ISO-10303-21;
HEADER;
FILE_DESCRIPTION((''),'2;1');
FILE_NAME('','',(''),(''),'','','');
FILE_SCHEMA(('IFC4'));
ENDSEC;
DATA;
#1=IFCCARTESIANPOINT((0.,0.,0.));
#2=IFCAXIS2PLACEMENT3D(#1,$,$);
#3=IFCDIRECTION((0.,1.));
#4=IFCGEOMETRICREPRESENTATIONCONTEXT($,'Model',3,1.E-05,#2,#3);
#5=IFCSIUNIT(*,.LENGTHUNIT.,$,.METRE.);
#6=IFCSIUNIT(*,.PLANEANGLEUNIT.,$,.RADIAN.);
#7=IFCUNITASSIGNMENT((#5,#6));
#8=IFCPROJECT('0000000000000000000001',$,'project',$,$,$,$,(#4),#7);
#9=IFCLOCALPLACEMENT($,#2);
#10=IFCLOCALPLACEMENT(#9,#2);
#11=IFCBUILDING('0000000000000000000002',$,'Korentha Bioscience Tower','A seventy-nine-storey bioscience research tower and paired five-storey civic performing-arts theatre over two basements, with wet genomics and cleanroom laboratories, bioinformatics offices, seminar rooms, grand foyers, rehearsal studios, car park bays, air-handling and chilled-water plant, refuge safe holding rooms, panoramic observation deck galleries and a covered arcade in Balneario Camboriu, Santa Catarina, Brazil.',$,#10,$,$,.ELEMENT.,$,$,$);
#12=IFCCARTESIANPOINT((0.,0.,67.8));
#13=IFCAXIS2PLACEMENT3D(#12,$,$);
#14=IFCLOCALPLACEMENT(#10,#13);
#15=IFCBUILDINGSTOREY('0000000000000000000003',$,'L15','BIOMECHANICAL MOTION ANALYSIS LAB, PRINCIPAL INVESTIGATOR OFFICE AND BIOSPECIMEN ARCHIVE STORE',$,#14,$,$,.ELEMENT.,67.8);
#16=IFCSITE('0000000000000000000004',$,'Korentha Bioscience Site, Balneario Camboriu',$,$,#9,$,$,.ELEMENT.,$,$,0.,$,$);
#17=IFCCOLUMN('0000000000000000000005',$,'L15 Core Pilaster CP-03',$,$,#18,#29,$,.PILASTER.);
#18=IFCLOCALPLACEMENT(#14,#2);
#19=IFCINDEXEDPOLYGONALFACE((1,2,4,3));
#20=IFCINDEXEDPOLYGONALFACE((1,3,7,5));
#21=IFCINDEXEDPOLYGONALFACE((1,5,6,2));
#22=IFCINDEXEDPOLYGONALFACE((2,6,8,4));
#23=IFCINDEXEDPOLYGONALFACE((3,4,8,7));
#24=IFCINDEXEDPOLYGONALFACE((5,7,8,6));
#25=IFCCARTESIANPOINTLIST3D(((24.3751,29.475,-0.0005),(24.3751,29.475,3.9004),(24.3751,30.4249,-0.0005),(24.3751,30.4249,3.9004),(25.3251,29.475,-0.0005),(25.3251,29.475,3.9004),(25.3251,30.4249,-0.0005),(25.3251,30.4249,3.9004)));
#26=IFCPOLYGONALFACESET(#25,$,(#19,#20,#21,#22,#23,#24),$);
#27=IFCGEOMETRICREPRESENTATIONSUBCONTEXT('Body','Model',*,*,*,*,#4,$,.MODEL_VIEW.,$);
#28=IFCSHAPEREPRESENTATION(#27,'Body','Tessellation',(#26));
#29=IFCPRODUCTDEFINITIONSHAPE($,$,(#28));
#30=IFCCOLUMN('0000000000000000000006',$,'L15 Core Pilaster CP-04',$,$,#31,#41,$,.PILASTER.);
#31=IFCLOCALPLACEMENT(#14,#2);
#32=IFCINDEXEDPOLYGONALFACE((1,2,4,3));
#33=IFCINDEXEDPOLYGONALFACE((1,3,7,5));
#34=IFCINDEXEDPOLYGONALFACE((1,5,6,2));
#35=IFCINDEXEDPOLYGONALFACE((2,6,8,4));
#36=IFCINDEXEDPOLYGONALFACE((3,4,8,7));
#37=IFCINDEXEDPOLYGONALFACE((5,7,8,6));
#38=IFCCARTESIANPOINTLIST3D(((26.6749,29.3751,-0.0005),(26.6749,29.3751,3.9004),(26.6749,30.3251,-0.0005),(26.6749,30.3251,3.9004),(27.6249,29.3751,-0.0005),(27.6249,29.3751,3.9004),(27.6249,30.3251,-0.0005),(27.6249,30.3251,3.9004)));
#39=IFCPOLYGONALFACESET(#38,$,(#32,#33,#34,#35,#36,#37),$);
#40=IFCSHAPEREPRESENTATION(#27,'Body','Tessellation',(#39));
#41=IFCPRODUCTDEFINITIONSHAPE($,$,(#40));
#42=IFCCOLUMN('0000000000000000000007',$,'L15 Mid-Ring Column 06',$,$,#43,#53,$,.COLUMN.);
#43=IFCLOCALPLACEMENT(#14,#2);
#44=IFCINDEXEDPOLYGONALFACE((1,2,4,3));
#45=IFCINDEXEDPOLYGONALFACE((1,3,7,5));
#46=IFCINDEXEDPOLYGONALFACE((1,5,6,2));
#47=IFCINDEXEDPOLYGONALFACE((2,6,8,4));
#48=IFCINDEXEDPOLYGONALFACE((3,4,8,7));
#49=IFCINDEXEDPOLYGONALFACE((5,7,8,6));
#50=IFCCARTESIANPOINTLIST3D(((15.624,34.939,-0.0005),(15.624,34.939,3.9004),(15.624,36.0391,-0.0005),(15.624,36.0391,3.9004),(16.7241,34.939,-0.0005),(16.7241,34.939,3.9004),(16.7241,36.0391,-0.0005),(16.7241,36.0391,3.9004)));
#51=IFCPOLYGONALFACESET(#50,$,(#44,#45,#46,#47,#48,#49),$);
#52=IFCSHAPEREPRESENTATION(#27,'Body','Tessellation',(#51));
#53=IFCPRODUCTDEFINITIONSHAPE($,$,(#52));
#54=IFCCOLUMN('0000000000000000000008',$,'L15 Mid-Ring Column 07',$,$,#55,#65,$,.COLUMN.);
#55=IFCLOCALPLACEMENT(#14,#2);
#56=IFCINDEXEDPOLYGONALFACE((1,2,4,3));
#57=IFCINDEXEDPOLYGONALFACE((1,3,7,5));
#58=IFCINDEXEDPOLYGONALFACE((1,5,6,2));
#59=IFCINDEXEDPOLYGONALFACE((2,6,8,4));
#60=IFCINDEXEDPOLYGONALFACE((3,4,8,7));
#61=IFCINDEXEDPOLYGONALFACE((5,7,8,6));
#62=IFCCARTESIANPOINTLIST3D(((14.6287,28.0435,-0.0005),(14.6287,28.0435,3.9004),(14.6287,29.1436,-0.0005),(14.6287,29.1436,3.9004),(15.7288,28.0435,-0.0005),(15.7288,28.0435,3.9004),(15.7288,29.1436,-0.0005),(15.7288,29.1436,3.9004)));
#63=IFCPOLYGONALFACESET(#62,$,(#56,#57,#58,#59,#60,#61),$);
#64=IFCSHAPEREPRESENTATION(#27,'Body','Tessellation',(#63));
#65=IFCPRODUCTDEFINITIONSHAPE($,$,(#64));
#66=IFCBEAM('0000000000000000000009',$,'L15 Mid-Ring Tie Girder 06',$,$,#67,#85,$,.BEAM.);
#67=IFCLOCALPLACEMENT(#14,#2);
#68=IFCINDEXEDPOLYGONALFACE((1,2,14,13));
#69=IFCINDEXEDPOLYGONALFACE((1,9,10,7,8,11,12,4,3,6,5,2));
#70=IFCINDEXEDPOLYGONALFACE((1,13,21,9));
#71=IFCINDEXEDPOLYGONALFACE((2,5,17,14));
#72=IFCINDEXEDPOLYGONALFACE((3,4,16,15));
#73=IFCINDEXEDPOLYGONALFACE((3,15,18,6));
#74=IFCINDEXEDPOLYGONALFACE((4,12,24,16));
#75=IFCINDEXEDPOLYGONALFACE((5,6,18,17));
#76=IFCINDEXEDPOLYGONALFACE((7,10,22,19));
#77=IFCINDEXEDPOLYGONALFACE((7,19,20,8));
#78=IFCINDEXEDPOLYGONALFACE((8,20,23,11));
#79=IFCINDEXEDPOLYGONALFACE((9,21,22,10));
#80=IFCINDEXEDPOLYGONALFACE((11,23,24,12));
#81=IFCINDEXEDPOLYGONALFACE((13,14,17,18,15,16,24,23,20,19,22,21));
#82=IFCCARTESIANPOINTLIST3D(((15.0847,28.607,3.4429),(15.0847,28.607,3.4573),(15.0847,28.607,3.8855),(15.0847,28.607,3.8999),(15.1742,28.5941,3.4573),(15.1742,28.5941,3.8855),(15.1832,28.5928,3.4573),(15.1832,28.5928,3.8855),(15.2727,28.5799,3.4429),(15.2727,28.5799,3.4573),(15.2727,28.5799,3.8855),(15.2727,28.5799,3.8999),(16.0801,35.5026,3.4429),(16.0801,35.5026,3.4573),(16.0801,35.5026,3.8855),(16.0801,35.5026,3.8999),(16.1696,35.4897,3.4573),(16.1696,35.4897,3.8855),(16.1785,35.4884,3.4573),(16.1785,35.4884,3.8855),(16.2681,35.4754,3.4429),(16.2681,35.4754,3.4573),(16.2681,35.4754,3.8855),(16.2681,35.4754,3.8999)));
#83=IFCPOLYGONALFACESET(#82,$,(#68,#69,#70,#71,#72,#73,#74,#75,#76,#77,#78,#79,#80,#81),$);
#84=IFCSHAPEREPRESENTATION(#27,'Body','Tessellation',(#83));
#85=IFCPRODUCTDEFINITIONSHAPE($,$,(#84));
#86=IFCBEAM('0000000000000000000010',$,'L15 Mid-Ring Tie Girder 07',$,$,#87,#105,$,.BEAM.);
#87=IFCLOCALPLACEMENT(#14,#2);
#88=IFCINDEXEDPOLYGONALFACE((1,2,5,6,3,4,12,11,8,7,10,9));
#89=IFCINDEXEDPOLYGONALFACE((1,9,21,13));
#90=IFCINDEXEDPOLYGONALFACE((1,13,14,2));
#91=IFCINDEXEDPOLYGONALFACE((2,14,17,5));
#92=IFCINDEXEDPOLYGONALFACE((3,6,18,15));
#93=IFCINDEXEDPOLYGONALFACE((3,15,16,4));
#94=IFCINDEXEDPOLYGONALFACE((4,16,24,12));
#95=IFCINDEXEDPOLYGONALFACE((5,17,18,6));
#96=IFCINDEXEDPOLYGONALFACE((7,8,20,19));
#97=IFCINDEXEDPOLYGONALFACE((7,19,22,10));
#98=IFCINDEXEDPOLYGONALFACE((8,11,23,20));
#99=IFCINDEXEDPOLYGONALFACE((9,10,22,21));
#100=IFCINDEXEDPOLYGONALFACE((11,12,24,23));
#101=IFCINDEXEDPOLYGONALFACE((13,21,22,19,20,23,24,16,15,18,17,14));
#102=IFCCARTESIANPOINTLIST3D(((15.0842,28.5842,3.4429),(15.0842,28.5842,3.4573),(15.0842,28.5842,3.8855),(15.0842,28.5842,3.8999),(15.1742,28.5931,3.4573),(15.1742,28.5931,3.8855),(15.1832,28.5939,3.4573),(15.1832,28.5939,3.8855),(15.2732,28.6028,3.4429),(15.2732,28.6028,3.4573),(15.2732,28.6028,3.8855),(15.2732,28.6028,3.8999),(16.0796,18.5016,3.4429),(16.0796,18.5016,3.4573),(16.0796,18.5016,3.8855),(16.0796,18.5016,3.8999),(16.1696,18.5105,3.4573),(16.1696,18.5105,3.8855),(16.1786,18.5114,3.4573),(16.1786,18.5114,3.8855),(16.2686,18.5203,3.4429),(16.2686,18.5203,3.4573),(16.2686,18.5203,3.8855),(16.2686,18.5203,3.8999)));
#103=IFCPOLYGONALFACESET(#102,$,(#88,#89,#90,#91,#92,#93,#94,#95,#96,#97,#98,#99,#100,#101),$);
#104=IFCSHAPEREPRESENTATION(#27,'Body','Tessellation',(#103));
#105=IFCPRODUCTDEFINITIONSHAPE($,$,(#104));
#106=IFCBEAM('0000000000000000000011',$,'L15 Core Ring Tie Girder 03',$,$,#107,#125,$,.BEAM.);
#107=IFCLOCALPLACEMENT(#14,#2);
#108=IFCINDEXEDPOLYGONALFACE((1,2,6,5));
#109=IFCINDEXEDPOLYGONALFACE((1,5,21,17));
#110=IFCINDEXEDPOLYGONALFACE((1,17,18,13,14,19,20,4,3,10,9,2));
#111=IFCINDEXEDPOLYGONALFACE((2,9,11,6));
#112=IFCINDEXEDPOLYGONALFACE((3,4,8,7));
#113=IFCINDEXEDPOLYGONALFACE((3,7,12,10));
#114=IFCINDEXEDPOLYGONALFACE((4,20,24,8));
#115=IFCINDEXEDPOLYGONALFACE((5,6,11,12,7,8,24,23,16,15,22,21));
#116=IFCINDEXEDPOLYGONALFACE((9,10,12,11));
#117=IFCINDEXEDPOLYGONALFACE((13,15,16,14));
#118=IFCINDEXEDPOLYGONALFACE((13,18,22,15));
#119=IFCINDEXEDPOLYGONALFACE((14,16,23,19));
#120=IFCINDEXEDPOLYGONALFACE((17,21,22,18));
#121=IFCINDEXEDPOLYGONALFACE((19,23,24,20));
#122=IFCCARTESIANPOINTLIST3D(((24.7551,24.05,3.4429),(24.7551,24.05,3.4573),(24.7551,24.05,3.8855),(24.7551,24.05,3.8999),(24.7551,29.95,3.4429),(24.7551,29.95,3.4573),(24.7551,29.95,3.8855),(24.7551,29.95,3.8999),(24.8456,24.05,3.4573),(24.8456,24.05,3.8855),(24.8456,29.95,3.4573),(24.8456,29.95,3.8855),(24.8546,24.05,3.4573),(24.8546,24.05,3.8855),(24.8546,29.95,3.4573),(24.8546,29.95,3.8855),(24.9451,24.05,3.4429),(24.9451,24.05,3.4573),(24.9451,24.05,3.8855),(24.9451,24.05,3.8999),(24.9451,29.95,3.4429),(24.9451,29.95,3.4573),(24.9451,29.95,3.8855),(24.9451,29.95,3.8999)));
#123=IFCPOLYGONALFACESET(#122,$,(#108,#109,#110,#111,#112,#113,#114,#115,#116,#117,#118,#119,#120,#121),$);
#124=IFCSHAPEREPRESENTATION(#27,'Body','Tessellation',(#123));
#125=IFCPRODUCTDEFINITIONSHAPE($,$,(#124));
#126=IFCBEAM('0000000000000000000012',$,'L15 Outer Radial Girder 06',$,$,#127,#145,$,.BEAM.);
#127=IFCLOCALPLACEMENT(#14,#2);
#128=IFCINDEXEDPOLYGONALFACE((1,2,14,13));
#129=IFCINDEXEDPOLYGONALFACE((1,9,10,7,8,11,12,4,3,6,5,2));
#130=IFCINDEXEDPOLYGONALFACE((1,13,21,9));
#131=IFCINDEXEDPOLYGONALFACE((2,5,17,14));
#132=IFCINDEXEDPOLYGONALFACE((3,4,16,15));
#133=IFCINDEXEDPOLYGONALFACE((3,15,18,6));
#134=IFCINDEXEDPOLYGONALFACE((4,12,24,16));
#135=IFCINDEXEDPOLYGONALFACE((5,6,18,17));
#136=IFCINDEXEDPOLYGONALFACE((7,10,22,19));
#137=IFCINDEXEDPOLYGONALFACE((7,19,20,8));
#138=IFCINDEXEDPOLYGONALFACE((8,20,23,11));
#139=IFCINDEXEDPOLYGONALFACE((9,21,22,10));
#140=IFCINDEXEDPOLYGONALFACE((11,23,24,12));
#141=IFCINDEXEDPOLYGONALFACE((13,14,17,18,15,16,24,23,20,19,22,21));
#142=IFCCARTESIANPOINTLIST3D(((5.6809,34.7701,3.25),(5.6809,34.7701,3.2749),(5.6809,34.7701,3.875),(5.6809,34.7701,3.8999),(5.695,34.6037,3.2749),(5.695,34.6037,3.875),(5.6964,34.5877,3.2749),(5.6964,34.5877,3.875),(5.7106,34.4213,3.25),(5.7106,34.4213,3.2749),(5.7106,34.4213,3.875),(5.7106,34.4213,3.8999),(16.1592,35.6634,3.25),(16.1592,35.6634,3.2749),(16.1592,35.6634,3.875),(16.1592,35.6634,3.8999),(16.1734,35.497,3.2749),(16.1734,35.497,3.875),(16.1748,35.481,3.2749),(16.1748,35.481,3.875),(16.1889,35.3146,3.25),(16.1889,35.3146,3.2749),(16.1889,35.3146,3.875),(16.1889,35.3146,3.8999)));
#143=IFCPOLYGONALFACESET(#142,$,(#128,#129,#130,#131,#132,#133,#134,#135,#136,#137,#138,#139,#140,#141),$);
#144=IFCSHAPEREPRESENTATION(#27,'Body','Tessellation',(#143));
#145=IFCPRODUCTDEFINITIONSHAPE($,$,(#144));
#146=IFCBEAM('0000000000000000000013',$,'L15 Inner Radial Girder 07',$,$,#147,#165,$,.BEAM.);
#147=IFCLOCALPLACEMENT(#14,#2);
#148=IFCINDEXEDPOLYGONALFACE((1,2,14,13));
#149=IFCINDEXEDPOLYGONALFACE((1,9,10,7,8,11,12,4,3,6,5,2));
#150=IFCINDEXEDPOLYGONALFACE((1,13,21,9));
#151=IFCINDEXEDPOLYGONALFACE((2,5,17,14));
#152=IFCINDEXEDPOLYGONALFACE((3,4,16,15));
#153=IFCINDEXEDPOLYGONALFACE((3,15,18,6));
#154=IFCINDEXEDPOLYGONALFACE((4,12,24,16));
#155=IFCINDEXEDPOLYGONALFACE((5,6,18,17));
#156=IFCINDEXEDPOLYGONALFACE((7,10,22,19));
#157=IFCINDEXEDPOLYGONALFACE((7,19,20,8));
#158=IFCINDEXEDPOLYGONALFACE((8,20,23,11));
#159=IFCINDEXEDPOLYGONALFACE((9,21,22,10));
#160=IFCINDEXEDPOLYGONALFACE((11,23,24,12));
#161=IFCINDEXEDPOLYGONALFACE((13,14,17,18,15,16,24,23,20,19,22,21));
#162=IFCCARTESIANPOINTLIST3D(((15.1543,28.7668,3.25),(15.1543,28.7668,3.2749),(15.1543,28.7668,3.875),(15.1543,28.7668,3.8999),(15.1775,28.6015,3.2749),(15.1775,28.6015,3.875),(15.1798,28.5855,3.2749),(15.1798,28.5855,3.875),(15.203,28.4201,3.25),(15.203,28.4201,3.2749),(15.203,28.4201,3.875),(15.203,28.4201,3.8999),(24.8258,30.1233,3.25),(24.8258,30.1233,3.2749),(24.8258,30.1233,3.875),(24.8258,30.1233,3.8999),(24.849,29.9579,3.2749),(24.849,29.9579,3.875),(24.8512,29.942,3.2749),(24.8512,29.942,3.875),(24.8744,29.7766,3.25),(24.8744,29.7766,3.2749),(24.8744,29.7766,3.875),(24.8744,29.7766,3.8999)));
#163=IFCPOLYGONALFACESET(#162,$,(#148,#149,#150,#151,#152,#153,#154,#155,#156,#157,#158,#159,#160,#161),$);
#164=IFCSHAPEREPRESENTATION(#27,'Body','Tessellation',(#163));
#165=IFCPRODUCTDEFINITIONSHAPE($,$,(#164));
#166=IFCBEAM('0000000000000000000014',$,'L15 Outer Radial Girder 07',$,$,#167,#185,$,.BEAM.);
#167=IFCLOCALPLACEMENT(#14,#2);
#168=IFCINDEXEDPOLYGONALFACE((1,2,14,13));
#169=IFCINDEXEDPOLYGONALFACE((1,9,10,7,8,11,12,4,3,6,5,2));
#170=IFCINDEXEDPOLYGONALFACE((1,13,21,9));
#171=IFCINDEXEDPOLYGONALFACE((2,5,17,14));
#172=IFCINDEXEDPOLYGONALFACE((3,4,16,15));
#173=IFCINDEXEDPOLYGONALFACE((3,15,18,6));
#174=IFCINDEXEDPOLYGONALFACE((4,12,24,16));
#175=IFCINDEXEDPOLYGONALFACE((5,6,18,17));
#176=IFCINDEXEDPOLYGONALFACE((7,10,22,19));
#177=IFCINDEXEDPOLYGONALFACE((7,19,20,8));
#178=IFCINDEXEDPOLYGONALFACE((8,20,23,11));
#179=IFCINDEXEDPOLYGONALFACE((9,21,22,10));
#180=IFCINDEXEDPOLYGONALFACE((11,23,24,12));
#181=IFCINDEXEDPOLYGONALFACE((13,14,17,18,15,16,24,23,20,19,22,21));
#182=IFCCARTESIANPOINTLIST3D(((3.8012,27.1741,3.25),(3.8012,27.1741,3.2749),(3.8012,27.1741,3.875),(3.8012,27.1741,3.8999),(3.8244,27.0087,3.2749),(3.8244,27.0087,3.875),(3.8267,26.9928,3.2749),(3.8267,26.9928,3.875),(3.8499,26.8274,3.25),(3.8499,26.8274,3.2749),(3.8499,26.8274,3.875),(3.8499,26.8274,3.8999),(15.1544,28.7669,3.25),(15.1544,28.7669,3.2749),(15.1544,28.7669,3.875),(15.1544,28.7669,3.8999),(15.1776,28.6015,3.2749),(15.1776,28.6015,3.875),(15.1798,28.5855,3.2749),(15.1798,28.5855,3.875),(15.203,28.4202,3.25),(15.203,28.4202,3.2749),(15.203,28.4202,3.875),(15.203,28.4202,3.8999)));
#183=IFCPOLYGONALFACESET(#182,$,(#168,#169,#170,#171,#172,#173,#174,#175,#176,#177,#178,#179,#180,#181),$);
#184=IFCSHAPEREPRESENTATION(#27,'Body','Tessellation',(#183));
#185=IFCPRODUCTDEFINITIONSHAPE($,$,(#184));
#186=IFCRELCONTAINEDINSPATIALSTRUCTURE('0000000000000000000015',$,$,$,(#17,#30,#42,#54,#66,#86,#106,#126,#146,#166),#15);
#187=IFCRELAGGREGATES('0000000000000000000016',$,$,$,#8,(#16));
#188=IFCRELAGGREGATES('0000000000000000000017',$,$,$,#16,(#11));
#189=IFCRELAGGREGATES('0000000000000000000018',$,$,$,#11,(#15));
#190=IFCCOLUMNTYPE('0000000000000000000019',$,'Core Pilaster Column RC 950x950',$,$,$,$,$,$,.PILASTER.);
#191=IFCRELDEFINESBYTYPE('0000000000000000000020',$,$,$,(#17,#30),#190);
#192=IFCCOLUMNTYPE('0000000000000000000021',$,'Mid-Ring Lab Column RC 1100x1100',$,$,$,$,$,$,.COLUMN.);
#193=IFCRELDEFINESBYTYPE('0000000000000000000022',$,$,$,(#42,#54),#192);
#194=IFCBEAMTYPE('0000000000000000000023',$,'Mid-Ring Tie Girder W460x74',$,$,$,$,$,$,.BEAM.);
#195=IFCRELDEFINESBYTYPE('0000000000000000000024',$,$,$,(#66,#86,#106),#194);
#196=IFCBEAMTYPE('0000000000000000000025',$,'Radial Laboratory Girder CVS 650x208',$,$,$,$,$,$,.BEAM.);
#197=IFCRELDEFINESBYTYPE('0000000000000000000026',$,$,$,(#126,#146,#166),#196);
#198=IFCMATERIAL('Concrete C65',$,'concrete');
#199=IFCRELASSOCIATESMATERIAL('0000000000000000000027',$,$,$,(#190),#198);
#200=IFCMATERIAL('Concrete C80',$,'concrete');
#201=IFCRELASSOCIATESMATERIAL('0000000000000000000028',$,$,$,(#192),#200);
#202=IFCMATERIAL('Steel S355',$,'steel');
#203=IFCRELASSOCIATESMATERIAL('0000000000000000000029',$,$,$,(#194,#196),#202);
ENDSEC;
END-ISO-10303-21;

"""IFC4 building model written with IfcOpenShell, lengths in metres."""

from ifc_helpers import new_model, si_unit, direction, frame, origin, origin_2d, place, context, subcontext, project, spatial, rectangle, i_section, extrude, material, material_profile, profile_set, type_object, element, save


model = new_model("IFC4")

# Units and contexts
model_context = context("Model", 3, precision=1e-05, world=origin(), true_north=direction((0.0, 1.0)))
body_context = subcontext(model_context, "Body", "Model", "MODEL_VIEW")
ifc_project = project(units=[si_unit("LENGTHUNIT", "METRE"), si_unit("PLANEANGLEUNIT", "RADIAN")], contexts=[model_context])

# Site, building, storey
site_placement = place(None, origin())
site = spatial("IfcSite", under=ifc_project, at=site_placement, Name="Korentha Bioscience Site, Balneario Camboriu", CompositionType="ELEMENT", RefElevation=0.0)
building_placement = place(site_placement, origin())
building = spatial("IfcBuilding", under=site, at=building_placement, Name="Korentha Bioscience Tower", Description="A seventy-nine-storey bioscience research tower and paired five-storey civic performing-arts theatre over two basements, with wet genomics and cleanroom laboratories, bioinformatics offices, seminar rooms, grand foyers, rehearsal studios, car park bays, air-handling and chilled-water plant, refuge safe holding rooms, panoramic observation deck galleries and a covered arcade in Balneario Camboriu, Santa Catarina, Brazil.", CompositionType="ELEMENT")
storey_placement = place(building_placement, frame((0.0, 0.0, 67.8)))
storey = spatial("IfcBuildingStorey", under=building, at=storey_placement, Name="L15", Description="BIOMECHANICAL MOTION ANALYSIS LAB, PRINCIPAL INVESTIGATOR OFFICE AND BIOSPECIMEN ARCHIVE STORE", CompositionType="ELEMENT", Elevation=67.8)

# Columns
ifc_material_1 = material(Name="Concrete C65", Category="concrete")
ifc_material_profile_1 = material_profile(ifc_material_1, rectangle(XDim=0.95, YDim=0.95, at=origin_2d()), Name="Concrete C65")
ifc_profile_set_1 = profile_set([ifc_material_profile_1], Name="Concrete C65 (COL-CP09)")
column_type_1 = type_object("IfcColumnType", Name="Core Pilaster Column RC 950x950", PredefinedType="PILASTER", material=ifc_profile_set_1)
for number, where, z_axis, x_axis, name in (
    (1, (24.8501, 29.95, -0.0005), (0.0, 0.0, 1.0), (1.0, 0.0, 0.0), "L15 Core Pilaster CP-03"),
    (2, (27.1499, 29.8501, -0.0005), (0.0, 0.0, 1.0), (1.0, 0.0, 0.0), "L15 Core Pilaster CP-04"),
):
    element("IfcColumn", number, at=place(storey_placement, frame(where, z_axis=z_axis, x_axis=x_axis)), inside=storey, type_object=column_type_1, Name=name, PredefinedType="PILASTER", context=body_context, shape_type="SweptSolid", body=[
        extrude(rectangle(XDim=0.95, YDim=0.95, at=origin_2d()), origin(), (0.0, 0.0, 1.0), 3.9009),
    ])
ifc_material_2 = material(Name="Concrete C80", Category="concrete")
ifc_material_profile_2 = material_profile(ifc_material_2, rectangle(XDim=1.1001, YDim=1.1001, at=origin_2d()), Name="Concrete C80")
ifc_profile_set_2 = profile_set([ifc_material_profile_2], Name="Concrete C80 (COL-MR11)")
column_type_2 = type_object("IfcColumnType", Name="Mid-Ring Lab Column RC 1100x1100", PredefinedType="COLUMN", material=ifc_profile_set_2)
for number, where, z_axis, x_axis, name in (
    (3, (16.1741, 35.489, -0.0005), (0.0, 0.0, 1.0), (1.0, 0.0, 0.0), "L15 Mid-Ring Column 06"),
    (4, (15.1787, 28.5935, -0.0005), (0.0, 0.0, 1.0), (1.0, 0.0, 0.0), "L15 Mid-Ring Column 07"),
):
    element("IfcColumn", number, at=place(storey_placement, frame(where, z_axis=z_axis, x_axis=x_axis)), inside=storey, type_object=column_type_2, Name=name, PredefinedType="COLUMN", context=body_context, shape_type="SweptSolid", body=[
        extrude(rectangle(XDim=1.1001, YDim=1.1001, at=origin_2d()), origin(), (0.0, 0.0, 1.0), 3.9009),
    ])

# Beams
ifc_material_3 = material(Name="Steel S355", Category="steel")
ifc_material_profile_3 = material_profile(ifc_material_3, i_section(OverallWidth=0.1899, OverallDepth=0.457, WebThickness=0.009, FlangeThickness=0.0144, at=origin_2d()), Name="Steel S355")
ifc_profile_set_3 = profile_set([ifc_material_profile_3], Name="Steel S355 (MB-460)")
beam_type_1 = type_object("IfcBeamType", Name="Mid-Ring Tie Girder W460x74", PredefinedType="BEAM", material=ifc_profile_set_3)
beam_1_placement = place(storey_placement, frame((16.1741, 35.489, 3.6714), z_axis=(-0.142868, -0.989742, 0.0), x_axis=(0.989742, -0.142868, 0.0)))
element("IfcBeam", 5, at=beam_1_placement, inside=storey, type_object=beam_type_1, Name="L15 Mid-Ring Tie Girder 06", PredefinedType="BEAM", context=body_context, shape_type="SweptSolid", body=[
    extrude(i_section(OverallWidth=0.1899, OverallDepth=0.457, WebThickness=0.009, FlangeThickness=0.0144, at=origin_2d()), origin(), (0.0, 0.0, 1.0), 6.967),
])
beam_2_placement = place(storey_placement, frame((15.1787, 28.5935, 3.6714), z_axis=(0.098244, -0.995162, 0.0), x_axis=(0.995162, 0.098244, 0.0)))
element("IfcBeam", 6, at=beam_2_placement, inside=storey, type_object=beam_type_1, Name="L15 Mid-Ring Tie Girder 07", PredefinedType="BEAM", context=body_context, shape_type="SweptSolid", body=[
    extrude(i_section(OverallWidth=0.1899, OverallDepth=0.457, WebThickness=0.009, FlangeThickness=0.0144, at=origin_2d()), origin(), (0.0, 0.0, 1.0), 10.1316),
])
beam_3_placement = place(storey_placement, frame((24.8501, 29.95, 3.6714), z_axis=(0.0, -1.0, 0.0), x_axis=(1.0, 0.0, 0.0)))
element("IfcBeam", 7, at=beam_3_placement, inside=storey, type_object=beam_type_1, Name="L15 Core Ring Tie Girder 03", PredefinedType="BEAM", context=body_context, shape_type="SweptSolid", body=[
    extrude(i_section(OverallWidth=0.1899, OverallDepth=0.457, WebThickness=0.009, FlangeThickness=0.0144, at=origin_2d()), origin(), (0.0, 0.0, 1.0), 5.8999),
])
ifc_material_profile_4 = material_profile(ifc_material_3, i_section(OverallWidth=0.3501, OverallDepth=0.6499, WebThickness=0.0161, FlangeThickness=0.0249, at=origin_2d()), Name="Steel S355")
ifc_profile_set_4 = profile_set([ifc_material_profile_4], Name="Steel S355 (RB-650)")
beam_type_2 = type_object("IfcBeamType", Name="Radial Laboratory Girder CVS 650x208", PredefinedType="BEAM", material=ifc_profile_set_4)
beam_4_placement = place(storey_placement, frame((16.1741, 35.489, 3.575), z_axis=(-0.996386, -0.084945, 0.0), x_axis=(0.084945, -0.996386, 0.0)))
element("IfcBeam", 8, at=beam_4_placement, inside=storey, type_object=beam_type_2, Name="L15 Outer Radial Girder 06", PredefinedType="BEAM", context=body_context, shape_type="SweptSolid", body=[
    extrude(i_section(OverallWidth=0.3501, OverallDepth=0.6499, WebThickness=0.0161, FlangeThickness=0.0249, at=origin_2d()), origin(), (0.0, 0.0, 1.0), 10.5164),
])
beam_5_placement = place(storey_placement, frame((24.8501, 29.95, 3.575), z_axis=(-0.990307, -0.138894, 0.0), x_axis=(0.138894, -0.990307, 0.0)))
element("IfcBeam", 9, at=beam_5_placement, inside=storey, type_object=beam_type_2, Name="L15 Inner Radial Girder 07", PredefinedType="BEAM", context=body_context, shape_type="SweptSolid", body=[
    extrude(i_section(OverallWidth=0.3501, OverallDepth=0.6499, WebThickness=0.0161, FlangeThickness=0.0249, at=origin_2d()), origin(), (0.0, 0.0, 1.0), 9.7661),
])
beam_6_placement = place(storey_placement, frame((15.1787, 28.5935, 3.575), z_axis=(-0.990302, -0.138931, 0.0), x_axis=(0.138931, -0.990302, 0.0)))
element("IfcBeam", 10, at=beam_6_placement, inside=storey, type_object=beam_type_2, Name="L15 Outer Radial Girder 07", PredefinedType="BEAM", context=body_context, shape_type="SweptSolid", body=[
    extrude(i_section(OverallWidth=0.3501, OverallDepth=0.6499, WebThickness=0.0161, FlangeThickness=0.0249, at=origin_2d()), origin(), (0.0, 0.0, 1.0), 11.4644),
])

save(model, "model.ifc")
